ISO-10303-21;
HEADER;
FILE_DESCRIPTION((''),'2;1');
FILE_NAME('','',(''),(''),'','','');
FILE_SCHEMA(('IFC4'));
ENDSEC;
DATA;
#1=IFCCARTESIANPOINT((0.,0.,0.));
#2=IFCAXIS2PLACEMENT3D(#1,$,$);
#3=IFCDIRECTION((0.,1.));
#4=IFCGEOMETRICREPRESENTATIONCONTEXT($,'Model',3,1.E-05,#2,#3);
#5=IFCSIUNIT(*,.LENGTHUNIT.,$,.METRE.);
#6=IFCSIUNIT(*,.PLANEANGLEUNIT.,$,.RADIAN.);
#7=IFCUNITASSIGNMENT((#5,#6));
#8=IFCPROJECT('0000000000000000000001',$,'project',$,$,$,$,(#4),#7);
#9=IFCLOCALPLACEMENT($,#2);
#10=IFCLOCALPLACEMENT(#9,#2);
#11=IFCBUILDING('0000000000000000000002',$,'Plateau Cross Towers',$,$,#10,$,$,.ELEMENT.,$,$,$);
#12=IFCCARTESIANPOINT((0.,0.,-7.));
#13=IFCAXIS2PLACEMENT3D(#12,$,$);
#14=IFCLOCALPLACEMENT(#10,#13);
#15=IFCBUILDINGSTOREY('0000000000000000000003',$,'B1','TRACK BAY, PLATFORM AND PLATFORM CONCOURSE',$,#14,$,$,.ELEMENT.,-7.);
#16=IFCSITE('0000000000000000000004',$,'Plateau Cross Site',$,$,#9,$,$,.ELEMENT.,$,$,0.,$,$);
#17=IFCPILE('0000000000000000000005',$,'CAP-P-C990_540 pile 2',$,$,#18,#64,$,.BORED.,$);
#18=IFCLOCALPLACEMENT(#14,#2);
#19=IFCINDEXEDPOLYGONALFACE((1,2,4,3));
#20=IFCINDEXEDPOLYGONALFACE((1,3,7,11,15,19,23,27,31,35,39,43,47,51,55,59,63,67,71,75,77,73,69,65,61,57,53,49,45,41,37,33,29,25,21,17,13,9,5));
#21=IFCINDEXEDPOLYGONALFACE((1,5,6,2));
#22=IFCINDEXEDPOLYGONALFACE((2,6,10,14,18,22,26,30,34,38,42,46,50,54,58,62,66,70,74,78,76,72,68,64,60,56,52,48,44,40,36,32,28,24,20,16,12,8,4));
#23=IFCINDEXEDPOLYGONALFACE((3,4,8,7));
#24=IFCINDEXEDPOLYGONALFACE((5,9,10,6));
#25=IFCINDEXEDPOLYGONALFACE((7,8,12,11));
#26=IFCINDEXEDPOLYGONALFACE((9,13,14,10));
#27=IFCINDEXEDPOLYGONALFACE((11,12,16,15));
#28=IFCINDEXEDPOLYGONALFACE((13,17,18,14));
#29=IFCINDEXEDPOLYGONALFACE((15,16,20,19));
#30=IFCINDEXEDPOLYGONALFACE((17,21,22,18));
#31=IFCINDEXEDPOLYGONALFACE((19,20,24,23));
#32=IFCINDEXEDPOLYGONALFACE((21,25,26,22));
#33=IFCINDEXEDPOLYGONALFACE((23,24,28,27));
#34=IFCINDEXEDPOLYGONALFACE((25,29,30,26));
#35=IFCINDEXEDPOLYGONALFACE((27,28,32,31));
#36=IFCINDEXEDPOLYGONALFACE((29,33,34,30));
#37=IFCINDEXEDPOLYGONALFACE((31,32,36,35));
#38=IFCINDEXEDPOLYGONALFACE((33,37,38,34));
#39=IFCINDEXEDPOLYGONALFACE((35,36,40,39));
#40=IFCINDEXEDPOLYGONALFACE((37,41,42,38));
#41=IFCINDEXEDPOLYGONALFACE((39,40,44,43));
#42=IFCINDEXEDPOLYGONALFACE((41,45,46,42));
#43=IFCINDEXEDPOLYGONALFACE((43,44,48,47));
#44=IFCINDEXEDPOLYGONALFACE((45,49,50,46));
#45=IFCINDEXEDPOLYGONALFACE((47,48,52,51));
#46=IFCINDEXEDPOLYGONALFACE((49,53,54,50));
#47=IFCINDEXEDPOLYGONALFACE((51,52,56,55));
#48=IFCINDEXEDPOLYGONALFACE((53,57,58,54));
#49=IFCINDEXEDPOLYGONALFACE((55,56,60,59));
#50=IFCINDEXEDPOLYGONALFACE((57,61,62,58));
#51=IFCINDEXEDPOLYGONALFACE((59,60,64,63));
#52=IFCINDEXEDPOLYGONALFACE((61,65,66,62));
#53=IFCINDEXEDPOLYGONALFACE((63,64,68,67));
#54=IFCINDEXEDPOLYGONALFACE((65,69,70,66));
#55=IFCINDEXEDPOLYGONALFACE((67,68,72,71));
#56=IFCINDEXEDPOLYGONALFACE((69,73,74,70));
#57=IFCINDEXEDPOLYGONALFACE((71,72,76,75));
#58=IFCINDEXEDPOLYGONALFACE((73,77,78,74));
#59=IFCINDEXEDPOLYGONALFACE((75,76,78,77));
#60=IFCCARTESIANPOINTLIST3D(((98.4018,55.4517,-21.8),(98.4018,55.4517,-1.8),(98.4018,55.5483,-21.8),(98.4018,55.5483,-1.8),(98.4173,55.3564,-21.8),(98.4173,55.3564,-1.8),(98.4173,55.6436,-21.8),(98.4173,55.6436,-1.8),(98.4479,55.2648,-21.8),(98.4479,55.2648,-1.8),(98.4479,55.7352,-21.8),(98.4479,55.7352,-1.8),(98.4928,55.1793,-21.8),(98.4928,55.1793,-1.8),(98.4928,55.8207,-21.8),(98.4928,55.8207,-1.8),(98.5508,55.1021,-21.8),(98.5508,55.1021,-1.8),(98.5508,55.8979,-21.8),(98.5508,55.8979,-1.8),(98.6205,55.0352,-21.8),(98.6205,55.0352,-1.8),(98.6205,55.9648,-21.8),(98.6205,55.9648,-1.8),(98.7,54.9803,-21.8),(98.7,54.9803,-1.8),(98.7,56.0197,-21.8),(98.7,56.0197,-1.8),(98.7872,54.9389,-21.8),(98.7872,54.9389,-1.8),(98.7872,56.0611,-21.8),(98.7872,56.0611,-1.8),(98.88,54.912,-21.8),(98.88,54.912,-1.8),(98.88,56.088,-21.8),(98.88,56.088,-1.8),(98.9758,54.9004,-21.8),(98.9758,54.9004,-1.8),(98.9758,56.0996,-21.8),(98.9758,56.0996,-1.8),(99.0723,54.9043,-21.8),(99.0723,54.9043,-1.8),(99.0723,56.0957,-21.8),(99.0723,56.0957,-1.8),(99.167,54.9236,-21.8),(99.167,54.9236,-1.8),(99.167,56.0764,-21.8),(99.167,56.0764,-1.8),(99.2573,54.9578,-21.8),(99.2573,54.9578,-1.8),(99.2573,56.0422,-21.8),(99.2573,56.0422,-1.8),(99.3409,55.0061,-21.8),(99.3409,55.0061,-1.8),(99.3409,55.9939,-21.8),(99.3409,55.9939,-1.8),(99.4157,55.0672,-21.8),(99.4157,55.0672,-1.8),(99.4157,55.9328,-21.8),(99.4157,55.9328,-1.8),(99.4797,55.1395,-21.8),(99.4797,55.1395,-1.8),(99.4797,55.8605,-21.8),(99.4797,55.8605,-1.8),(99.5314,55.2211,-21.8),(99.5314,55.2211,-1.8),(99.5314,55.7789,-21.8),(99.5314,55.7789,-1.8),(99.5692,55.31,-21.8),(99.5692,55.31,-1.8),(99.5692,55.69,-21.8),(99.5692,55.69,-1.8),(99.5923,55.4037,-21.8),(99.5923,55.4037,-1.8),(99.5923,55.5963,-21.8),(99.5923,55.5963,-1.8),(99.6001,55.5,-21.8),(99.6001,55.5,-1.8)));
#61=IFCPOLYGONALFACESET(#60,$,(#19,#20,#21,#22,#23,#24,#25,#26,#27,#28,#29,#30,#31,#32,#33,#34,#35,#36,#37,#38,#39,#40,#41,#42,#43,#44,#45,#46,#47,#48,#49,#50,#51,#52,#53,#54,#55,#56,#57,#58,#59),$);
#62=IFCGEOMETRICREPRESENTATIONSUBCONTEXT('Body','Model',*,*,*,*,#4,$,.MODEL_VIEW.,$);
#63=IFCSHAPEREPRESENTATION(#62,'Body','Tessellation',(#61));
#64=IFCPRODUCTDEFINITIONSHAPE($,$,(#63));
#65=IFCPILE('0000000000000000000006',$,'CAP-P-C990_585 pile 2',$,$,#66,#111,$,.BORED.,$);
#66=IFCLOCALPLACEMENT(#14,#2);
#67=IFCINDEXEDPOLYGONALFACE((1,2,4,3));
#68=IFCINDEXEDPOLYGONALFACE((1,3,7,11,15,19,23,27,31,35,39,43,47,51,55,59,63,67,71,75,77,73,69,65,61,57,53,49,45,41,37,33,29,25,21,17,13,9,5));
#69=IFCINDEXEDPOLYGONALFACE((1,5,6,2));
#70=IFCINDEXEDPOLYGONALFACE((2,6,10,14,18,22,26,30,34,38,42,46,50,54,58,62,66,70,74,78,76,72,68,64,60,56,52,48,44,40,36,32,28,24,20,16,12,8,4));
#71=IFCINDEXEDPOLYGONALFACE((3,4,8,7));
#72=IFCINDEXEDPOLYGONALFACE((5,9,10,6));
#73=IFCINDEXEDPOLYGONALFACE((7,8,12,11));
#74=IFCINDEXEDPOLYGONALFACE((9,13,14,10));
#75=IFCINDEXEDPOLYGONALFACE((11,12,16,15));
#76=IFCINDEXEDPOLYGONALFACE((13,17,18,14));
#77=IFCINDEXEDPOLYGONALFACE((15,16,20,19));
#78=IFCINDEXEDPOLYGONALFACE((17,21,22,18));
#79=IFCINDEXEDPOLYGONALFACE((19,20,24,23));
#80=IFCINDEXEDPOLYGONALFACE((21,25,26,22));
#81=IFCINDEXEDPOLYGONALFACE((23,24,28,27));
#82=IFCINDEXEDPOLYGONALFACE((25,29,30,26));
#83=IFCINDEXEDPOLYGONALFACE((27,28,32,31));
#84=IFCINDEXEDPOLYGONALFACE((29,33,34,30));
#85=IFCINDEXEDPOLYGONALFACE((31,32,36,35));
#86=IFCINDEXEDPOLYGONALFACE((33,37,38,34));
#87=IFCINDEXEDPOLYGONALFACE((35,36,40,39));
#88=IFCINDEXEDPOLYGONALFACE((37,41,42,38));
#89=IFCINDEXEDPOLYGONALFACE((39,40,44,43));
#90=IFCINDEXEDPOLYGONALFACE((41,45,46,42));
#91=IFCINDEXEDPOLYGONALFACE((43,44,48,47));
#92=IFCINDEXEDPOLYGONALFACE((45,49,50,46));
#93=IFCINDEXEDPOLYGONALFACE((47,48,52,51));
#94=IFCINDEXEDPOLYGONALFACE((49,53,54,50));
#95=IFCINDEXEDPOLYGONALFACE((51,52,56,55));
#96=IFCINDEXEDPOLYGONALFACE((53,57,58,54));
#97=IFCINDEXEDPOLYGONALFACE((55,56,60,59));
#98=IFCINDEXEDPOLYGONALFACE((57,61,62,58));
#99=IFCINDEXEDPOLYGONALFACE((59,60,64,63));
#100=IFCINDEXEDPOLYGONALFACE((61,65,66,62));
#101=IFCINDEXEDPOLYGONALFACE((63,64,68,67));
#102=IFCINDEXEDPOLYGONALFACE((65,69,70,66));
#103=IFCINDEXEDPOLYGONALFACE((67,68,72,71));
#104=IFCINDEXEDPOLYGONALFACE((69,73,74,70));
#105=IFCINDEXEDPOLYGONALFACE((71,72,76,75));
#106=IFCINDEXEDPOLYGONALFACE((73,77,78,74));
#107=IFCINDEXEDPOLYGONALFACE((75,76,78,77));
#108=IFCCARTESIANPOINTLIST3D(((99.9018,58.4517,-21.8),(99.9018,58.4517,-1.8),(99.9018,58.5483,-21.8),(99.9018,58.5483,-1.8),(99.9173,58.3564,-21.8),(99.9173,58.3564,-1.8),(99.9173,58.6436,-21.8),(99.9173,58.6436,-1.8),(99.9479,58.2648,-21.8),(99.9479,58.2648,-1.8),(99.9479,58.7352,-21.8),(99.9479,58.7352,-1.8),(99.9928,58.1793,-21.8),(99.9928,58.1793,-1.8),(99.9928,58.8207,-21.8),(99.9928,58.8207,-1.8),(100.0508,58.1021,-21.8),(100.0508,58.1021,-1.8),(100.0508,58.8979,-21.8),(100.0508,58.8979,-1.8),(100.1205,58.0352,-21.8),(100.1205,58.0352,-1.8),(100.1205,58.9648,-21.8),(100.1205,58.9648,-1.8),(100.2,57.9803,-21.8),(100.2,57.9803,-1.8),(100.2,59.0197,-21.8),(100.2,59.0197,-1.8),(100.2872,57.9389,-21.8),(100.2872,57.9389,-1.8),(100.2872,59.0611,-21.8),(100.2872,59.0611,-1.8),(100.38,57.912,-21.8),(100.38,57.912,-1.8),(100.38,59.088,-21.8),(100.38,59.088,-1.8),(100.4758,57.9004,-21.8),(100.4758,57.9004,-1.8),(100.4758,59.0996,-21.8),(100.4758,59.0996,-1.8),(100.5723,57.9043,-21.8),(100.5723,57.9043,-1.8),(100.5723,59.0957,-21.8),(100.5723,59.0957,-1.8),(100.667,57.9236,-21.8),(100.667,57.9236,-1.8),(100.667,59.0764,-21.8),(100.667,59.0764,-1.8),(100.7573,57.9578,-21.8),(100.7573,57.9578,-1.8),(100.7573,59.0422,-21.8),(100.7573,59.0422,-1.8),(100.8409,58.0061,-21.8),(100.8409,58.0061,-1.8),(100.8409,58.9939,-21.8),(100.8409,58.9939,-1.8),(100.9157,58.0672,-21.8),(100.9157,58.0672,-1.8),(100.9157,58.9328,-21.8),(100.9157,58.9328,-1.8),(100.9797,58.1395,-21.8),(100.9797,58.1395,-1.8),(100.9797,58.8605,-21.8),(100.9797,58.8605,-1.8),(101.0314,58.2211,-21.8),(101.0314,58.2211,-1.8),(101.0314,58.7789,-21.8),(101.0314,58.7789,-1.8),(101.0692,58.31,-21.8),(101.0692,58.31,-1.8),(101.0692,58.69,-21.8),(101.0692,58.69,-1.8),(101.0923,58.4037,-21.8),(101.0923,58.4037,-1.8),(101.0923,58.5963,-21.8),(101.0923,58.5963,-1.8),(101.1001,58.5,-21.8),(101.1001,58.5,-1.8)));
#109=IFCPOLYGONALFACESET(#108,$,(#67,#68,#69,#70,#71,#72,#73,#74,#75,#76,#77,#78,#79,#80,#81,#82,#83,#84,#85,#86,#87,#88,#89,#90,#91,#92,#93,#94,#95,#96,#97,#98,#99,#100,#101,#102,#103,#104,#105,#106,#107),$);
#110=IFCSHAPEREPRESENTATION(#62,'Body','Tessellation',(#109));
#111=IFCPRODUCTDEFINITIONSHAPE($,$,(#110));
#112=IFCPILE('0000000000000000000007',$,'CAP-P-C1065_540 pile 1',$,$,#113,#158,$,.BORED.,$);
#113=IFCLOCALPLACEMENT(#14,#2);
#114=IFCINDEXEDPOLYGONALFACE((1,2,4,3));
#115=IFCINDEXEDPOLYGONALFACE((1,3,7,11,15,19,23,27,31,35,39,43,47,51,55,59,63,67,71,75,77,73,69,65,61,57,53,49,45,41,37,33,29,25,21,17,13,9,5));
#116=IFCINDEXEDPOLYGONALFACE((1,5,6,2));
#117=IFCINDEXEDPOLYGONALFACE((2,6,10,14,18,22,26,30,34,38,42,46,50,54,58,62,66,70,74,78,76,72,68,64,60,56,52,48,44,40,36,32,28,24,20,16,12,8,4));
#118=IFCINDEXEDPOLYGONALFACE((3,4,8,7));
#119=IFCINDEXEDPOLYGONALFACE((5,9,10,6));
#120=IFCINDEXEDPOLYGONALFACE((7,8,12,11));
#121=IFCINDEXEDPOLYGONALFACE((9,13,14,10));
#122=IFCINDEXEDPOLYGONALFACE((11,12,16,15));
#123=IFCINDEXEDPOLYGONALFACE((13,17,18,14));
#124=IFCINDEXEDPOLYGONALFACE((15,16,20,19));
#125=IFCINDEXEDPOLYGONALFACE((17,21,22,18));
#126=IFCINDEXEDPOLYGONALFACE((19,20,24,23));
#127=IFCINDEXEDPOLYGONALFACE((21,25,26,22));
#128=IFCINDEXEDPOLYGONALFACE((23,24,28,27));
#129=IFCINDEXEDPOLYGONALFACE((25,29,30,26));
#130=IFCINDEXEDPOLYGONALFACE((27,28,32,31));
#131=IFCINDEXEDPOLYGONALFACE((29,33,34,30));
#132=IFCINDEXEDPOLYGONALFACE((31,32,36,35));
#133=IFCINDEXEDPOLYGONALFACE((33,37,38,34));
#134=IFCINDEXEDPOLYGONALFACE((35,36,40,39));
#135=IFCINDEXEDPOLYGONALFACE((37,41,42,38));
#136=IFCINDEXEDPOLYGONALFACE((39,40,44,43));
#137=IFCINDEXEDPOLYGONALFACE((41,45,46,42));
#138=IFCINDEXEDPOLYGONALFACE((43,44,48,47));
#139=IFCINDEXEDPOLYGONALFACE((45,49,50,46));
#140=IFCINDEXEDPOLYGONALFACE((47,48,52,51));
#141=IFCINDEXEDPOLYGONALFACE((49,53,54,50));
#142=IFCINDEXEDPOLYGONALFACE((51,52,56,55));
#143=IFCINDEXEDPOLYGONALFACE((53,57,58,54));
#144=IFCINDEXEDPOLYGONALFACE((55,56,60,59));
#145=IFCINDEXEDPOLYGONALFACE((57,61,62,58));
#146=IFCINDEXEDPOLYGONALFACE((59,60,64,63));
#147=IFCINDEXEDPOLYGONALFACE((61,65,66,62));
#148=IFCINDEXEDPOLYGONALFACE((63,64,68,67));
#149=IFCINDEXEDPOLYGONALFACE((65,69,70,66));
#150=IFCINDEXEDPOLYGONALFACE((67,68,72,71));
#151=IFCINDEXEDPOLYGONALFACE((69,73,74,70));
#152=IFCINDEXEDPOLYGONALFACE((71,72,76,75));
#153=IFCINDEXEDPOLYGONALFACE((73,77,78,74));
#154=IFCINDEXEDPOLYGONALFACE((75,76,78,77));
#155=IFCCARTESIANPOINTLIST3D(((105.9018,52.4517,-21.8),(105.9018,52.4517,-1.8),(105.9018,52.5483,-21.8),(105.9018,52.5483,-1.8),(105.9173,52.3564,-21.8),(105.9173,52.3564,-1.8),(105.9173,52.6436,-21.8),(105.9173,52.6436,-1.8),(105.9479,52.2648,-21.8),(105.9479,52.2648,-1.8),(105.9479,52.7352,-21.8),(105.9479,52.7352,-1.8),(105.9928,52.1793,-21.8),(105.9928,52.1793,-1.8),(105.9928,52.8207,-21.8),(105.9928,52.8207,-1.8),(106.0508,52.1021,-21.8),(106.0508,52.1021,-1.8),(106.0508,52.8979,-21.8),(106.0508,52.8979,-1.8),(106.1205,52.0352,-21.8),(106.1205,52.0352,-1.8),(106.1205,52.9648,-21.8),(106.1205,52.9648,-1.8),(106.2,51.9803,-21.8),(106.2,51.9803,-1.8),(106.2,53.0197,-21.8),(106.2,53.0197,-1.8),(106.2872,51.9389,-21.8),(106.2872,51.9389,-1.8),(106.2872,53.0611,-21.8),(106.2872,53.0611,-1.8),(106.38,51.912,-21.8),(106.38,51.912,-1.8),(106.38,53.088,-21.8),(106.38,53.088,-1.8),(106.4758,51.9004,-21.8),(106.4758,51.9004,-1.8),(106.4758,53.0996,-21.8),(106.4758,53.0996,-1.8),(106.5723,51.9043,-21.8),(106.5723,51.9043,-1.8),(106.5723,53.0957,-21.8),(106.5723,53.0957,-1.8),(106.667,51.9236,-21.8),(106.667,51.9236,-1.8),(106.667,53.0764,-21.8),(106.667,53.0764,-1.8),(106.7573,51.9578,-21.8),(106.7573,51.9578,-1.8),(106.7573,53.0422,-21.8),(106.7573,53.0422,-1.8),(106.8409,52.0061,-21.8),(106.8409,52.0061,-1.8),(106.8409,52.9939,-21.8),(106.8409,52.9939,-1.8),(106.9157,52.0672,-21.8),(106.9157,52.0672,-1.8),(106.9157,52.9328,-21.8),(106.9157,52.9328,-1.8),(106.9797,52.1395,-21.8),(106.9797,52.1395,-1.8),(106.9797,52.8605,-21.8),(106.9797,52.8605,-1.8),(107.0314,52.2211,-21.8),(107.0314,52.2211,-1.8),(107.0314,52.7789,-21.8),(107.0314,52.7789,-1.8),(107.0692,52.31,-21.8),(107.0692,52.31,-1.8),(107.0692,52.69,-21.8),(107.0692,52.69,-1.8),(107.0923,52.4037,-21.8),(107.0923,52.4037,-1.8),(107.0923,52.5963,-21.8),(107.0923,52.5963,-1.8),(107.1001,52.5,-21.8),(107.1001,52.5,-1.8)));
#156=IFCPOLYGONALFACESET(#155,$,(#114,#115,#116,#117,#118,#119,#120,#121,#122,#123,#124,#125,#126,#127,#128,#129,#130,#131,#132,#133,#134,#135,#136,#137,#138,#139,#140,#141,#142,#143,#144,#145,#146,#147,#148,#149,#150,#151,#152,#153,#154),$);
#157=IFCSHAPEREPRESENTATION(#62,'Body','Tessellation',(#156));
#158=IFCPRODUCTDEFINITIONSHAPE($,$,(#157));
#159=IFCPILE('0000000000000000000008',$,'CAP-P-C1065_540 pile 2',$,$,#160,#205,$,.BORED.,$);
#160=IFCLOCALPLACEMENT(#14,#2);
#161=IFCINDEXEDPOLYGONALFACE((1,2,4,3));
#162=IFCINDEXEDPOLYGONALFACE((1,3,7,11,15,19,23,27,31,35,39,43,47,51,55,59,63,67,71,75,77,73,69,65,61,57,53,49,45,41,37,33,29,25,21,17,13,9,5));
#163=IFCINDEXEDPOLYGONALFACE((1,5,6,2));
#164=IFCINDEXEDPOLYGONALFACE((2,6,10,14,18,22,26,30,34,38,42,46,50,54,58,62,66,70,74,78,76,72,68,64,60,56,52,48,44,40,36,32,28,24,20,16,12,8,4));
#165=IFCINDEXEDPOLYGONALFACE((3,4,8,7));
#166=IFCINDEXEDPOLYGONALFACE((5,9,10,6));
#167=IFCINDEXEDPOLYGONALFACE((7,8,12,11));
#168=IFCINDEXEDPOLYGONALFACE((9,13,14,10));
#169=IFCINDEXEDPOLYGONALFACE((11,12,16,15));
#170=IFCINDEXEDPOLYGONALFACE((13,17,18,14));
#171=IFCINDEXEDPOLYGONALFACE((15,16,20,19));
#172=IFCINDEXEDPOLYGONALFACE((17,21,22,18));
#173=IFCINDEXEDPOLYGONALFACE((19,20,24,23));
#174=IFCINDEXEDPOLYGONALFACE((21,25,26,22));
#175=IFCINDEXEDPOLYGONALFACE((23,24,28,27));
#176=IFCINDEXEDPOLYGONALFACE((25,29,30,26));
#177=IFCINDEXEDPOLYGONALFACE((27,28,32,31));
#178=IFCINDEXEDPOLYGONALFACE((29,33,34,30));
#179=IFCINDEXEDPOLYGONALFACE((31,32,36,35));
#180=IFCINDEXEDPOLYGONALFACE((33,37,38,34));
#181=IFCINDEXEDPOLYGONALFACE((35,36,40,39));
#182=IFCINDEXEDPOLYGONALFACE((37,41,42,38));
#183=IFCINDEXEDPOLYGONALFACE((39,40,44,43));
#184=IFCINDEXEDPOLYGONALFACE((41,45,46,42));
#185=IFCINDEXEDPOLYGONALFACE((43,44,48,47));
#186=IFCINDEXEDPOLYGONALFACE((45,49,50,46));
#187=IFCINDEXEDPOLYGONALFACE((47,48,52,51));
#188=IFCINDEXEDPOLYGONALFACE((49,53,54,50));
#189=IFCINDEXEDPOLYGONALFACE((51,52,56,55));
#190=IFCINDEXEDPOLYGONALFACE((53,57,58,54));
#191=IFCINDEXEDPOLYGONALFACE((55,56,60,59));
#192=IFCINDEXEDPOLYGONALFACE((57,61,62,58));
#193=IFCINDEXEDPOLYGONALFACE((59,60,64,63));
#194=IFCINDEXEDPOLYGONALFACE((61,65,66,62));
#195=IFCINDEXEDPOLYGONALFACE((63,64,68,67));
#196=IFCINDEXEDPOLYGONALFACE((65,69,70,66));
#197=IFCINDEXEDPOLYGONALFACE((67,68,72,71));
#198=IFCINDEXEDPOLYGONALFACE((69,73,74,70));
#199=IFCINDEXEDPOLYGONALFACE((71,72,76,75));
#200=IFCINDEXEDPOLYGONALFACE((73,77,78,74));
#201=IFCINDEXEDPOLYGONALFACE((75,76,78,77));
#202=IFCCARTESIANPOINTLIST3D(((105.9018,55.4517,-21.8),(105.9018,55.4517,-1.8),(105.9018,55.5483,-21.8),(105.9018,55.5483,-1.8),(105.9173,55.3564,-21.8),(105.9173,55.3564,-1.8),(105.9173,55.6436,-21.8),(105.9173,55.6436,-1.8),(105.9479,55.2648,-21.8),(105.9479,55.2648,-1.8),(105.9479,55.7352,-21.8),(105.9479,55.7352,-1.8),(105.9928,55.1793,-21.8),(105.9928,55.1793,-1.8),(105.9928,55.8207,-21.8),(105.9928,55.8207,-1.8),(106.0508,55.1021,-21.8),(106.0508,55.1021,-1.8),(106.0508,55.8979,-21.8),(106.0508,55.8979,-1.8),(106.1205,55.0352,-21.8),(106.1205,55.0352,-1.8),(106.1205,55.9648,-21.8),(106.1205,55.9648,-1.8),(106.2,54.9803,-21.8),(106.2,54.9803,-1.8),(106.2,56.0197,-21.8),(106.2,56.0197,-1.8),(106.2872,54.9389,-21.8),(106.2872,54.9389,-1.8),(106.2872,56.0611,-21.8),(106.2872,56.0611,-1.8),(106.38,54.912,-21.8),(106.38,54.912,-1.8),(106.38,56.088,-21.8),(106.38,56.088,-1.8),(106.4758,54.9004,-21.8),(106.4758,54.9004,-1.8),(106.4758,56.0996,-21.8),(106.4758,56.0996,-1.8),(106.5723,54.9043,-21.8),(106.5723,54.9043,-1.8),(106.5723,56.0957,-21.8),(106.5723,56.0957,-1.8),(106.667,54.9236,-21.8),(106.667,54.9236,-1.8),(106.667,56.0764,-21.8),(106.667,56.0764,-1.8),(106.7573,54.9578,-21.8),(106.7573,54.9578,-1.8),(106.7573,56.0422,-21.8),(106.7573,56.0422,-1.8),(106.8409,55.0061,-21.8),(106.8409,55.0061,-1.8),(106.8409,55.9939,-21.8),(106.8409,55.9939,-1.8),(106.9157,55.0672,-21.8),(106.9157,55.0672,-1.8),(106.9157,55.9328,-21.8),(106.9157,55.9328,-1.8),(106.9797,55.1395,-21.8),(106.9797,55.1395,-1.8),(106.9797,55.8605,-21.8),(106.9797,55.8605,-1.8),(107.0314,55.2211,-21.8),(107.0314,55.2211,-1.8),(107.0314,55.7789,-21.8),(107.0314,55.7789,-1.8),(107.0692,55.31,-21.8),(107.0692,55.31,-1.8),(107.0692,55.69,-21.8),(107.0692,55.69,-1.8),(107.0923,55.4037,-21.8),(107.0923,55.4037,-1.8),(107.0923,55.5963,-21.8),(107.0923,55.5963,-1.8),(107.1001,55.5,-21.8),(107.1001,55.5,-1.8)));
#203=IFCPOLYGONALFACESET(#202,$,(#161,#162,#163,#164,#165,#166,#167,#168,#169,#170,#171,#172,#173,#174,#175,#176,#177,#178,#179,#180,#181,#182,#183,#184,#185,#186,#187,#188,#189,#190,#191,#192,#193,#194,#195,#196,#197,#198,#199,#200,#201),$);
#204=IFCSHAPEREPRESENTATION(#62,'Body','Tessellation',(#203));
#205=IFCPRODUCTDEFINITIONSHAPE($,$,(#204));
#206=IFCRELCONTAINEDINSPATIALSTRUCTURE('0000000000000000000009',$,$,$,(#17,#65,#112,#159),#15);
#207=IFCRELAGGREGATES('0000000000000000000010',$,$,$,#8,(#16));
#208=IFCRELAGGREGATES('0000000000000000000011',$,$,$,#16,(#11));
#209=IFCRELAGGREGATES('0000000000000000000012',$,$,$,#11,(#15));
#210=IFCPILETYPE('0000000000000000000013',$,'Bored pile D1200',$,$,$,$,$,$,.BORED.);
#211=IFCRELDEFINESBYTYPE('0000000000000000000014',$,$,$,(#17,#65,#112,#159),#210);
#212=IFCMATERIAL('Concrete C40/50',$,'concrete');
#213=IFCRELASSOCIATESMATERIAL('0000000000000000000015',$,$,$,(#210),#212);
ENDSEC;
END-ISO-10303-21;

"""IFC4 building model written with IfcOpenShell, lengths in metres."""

from ifc_helpers import new_model, si_unit, direction, frame, origin, origin_2d, place, context, subcontext, project, spatial, circle, extrude, material, material_profile, profile_set, type_object, element, save


model = new_model("IFC4")

# Units and contexts
model_context = context("Model", 3, precision=1e-05, world=origin(), true_north=direction((0.0, 1.0)))
body_context = subcontext(model_context, "Body", "Model", "MODEL_VIEW")
ifc_project = project(units=[si_unit("LENGTHUNIT", "METRE"), si_unit("PLANEANGLEUNIT", "RADIAN")], contexts=[model_context])

# Site, building, storey
site_placement = place(None, origin())
site = spatial("IfcSite", under=ifc_project, at=site_placement, Name="Plateau Cross Site", CompositionType="ELEMENT", RefElevation=0.0)
building_placement = place(site_placement, origin())
building = spatial("IfcBuilding", under=site, at=building_placement, Name="Plateau Cross Towers", CompositionType="ELEMENT")
storey_placement = place(building_placement, frame((0.0, 0.0, -7.0)))
storey = spatial("IfcBuildingStorey", under=building, at=storey_placement, Name="B1", Description="TRACK BAY, PLATFORM AND PLATFORM CONCOURSE", CompositionType="ELEMENT", Elevation=-7.0)

# Piles
ifc_material_1 = material(Name="Concrete C40/50", Category="concrete")
ifc_material_profile_1 = material_profile(ifc_material_1, circle(Radius=0.6001, at=origin_2d()), Name="Bored pile D1200")
ifc_profile_set_1 = profile_set([ifc_material_profile_1], Name="Concrete C40/50")
pile_type = type_object("IfcPileType", Name="Bored pile D1200", PredefinedType="BORED", material=ifc_profile_set_1)
for number, where, z_axis, x_axis, name in (
    (1, (99.0, 55.5, -1.8), (0.0, 0.0, -1.0), (1.0, 0.0, 0.0), "CAP-P-C990_540 pile 2"),
    (2, (100.5, 58.5, -1.8), (0.0, 0.0, -1.0), (1.0, 0.0, 0.0), "CAP-P-C990_585 pile 2"),
    (3, (106.5, 52.5, -1.8), (0.0, 0.0, -1.0), (1.0, 0.0, 0.0), "CAP-P-C1065_540 pile 1"),
    (4, (106.5, 55.5, -1.8), (0.0, 0.0, -1.0), (1.0, 0.0, 0.0), "CAP-P-C1065_540 pile 2"),
):
    element("IfcPile", number, at=place(storey_placement, frame(where, z_axis=z_axis, x_axis=x_axis)), inside=storey, type_object=pile_type, Name=name, PredefinedType="BORED", context=body_context, shape_type="SweptSolid", body=[
        extrude(circle(Radius=0.6001, at=origin_2d()), origin(), (0.0, 0.0, 1.0), 20.0),
    ])

save(model, "model.ifc")
